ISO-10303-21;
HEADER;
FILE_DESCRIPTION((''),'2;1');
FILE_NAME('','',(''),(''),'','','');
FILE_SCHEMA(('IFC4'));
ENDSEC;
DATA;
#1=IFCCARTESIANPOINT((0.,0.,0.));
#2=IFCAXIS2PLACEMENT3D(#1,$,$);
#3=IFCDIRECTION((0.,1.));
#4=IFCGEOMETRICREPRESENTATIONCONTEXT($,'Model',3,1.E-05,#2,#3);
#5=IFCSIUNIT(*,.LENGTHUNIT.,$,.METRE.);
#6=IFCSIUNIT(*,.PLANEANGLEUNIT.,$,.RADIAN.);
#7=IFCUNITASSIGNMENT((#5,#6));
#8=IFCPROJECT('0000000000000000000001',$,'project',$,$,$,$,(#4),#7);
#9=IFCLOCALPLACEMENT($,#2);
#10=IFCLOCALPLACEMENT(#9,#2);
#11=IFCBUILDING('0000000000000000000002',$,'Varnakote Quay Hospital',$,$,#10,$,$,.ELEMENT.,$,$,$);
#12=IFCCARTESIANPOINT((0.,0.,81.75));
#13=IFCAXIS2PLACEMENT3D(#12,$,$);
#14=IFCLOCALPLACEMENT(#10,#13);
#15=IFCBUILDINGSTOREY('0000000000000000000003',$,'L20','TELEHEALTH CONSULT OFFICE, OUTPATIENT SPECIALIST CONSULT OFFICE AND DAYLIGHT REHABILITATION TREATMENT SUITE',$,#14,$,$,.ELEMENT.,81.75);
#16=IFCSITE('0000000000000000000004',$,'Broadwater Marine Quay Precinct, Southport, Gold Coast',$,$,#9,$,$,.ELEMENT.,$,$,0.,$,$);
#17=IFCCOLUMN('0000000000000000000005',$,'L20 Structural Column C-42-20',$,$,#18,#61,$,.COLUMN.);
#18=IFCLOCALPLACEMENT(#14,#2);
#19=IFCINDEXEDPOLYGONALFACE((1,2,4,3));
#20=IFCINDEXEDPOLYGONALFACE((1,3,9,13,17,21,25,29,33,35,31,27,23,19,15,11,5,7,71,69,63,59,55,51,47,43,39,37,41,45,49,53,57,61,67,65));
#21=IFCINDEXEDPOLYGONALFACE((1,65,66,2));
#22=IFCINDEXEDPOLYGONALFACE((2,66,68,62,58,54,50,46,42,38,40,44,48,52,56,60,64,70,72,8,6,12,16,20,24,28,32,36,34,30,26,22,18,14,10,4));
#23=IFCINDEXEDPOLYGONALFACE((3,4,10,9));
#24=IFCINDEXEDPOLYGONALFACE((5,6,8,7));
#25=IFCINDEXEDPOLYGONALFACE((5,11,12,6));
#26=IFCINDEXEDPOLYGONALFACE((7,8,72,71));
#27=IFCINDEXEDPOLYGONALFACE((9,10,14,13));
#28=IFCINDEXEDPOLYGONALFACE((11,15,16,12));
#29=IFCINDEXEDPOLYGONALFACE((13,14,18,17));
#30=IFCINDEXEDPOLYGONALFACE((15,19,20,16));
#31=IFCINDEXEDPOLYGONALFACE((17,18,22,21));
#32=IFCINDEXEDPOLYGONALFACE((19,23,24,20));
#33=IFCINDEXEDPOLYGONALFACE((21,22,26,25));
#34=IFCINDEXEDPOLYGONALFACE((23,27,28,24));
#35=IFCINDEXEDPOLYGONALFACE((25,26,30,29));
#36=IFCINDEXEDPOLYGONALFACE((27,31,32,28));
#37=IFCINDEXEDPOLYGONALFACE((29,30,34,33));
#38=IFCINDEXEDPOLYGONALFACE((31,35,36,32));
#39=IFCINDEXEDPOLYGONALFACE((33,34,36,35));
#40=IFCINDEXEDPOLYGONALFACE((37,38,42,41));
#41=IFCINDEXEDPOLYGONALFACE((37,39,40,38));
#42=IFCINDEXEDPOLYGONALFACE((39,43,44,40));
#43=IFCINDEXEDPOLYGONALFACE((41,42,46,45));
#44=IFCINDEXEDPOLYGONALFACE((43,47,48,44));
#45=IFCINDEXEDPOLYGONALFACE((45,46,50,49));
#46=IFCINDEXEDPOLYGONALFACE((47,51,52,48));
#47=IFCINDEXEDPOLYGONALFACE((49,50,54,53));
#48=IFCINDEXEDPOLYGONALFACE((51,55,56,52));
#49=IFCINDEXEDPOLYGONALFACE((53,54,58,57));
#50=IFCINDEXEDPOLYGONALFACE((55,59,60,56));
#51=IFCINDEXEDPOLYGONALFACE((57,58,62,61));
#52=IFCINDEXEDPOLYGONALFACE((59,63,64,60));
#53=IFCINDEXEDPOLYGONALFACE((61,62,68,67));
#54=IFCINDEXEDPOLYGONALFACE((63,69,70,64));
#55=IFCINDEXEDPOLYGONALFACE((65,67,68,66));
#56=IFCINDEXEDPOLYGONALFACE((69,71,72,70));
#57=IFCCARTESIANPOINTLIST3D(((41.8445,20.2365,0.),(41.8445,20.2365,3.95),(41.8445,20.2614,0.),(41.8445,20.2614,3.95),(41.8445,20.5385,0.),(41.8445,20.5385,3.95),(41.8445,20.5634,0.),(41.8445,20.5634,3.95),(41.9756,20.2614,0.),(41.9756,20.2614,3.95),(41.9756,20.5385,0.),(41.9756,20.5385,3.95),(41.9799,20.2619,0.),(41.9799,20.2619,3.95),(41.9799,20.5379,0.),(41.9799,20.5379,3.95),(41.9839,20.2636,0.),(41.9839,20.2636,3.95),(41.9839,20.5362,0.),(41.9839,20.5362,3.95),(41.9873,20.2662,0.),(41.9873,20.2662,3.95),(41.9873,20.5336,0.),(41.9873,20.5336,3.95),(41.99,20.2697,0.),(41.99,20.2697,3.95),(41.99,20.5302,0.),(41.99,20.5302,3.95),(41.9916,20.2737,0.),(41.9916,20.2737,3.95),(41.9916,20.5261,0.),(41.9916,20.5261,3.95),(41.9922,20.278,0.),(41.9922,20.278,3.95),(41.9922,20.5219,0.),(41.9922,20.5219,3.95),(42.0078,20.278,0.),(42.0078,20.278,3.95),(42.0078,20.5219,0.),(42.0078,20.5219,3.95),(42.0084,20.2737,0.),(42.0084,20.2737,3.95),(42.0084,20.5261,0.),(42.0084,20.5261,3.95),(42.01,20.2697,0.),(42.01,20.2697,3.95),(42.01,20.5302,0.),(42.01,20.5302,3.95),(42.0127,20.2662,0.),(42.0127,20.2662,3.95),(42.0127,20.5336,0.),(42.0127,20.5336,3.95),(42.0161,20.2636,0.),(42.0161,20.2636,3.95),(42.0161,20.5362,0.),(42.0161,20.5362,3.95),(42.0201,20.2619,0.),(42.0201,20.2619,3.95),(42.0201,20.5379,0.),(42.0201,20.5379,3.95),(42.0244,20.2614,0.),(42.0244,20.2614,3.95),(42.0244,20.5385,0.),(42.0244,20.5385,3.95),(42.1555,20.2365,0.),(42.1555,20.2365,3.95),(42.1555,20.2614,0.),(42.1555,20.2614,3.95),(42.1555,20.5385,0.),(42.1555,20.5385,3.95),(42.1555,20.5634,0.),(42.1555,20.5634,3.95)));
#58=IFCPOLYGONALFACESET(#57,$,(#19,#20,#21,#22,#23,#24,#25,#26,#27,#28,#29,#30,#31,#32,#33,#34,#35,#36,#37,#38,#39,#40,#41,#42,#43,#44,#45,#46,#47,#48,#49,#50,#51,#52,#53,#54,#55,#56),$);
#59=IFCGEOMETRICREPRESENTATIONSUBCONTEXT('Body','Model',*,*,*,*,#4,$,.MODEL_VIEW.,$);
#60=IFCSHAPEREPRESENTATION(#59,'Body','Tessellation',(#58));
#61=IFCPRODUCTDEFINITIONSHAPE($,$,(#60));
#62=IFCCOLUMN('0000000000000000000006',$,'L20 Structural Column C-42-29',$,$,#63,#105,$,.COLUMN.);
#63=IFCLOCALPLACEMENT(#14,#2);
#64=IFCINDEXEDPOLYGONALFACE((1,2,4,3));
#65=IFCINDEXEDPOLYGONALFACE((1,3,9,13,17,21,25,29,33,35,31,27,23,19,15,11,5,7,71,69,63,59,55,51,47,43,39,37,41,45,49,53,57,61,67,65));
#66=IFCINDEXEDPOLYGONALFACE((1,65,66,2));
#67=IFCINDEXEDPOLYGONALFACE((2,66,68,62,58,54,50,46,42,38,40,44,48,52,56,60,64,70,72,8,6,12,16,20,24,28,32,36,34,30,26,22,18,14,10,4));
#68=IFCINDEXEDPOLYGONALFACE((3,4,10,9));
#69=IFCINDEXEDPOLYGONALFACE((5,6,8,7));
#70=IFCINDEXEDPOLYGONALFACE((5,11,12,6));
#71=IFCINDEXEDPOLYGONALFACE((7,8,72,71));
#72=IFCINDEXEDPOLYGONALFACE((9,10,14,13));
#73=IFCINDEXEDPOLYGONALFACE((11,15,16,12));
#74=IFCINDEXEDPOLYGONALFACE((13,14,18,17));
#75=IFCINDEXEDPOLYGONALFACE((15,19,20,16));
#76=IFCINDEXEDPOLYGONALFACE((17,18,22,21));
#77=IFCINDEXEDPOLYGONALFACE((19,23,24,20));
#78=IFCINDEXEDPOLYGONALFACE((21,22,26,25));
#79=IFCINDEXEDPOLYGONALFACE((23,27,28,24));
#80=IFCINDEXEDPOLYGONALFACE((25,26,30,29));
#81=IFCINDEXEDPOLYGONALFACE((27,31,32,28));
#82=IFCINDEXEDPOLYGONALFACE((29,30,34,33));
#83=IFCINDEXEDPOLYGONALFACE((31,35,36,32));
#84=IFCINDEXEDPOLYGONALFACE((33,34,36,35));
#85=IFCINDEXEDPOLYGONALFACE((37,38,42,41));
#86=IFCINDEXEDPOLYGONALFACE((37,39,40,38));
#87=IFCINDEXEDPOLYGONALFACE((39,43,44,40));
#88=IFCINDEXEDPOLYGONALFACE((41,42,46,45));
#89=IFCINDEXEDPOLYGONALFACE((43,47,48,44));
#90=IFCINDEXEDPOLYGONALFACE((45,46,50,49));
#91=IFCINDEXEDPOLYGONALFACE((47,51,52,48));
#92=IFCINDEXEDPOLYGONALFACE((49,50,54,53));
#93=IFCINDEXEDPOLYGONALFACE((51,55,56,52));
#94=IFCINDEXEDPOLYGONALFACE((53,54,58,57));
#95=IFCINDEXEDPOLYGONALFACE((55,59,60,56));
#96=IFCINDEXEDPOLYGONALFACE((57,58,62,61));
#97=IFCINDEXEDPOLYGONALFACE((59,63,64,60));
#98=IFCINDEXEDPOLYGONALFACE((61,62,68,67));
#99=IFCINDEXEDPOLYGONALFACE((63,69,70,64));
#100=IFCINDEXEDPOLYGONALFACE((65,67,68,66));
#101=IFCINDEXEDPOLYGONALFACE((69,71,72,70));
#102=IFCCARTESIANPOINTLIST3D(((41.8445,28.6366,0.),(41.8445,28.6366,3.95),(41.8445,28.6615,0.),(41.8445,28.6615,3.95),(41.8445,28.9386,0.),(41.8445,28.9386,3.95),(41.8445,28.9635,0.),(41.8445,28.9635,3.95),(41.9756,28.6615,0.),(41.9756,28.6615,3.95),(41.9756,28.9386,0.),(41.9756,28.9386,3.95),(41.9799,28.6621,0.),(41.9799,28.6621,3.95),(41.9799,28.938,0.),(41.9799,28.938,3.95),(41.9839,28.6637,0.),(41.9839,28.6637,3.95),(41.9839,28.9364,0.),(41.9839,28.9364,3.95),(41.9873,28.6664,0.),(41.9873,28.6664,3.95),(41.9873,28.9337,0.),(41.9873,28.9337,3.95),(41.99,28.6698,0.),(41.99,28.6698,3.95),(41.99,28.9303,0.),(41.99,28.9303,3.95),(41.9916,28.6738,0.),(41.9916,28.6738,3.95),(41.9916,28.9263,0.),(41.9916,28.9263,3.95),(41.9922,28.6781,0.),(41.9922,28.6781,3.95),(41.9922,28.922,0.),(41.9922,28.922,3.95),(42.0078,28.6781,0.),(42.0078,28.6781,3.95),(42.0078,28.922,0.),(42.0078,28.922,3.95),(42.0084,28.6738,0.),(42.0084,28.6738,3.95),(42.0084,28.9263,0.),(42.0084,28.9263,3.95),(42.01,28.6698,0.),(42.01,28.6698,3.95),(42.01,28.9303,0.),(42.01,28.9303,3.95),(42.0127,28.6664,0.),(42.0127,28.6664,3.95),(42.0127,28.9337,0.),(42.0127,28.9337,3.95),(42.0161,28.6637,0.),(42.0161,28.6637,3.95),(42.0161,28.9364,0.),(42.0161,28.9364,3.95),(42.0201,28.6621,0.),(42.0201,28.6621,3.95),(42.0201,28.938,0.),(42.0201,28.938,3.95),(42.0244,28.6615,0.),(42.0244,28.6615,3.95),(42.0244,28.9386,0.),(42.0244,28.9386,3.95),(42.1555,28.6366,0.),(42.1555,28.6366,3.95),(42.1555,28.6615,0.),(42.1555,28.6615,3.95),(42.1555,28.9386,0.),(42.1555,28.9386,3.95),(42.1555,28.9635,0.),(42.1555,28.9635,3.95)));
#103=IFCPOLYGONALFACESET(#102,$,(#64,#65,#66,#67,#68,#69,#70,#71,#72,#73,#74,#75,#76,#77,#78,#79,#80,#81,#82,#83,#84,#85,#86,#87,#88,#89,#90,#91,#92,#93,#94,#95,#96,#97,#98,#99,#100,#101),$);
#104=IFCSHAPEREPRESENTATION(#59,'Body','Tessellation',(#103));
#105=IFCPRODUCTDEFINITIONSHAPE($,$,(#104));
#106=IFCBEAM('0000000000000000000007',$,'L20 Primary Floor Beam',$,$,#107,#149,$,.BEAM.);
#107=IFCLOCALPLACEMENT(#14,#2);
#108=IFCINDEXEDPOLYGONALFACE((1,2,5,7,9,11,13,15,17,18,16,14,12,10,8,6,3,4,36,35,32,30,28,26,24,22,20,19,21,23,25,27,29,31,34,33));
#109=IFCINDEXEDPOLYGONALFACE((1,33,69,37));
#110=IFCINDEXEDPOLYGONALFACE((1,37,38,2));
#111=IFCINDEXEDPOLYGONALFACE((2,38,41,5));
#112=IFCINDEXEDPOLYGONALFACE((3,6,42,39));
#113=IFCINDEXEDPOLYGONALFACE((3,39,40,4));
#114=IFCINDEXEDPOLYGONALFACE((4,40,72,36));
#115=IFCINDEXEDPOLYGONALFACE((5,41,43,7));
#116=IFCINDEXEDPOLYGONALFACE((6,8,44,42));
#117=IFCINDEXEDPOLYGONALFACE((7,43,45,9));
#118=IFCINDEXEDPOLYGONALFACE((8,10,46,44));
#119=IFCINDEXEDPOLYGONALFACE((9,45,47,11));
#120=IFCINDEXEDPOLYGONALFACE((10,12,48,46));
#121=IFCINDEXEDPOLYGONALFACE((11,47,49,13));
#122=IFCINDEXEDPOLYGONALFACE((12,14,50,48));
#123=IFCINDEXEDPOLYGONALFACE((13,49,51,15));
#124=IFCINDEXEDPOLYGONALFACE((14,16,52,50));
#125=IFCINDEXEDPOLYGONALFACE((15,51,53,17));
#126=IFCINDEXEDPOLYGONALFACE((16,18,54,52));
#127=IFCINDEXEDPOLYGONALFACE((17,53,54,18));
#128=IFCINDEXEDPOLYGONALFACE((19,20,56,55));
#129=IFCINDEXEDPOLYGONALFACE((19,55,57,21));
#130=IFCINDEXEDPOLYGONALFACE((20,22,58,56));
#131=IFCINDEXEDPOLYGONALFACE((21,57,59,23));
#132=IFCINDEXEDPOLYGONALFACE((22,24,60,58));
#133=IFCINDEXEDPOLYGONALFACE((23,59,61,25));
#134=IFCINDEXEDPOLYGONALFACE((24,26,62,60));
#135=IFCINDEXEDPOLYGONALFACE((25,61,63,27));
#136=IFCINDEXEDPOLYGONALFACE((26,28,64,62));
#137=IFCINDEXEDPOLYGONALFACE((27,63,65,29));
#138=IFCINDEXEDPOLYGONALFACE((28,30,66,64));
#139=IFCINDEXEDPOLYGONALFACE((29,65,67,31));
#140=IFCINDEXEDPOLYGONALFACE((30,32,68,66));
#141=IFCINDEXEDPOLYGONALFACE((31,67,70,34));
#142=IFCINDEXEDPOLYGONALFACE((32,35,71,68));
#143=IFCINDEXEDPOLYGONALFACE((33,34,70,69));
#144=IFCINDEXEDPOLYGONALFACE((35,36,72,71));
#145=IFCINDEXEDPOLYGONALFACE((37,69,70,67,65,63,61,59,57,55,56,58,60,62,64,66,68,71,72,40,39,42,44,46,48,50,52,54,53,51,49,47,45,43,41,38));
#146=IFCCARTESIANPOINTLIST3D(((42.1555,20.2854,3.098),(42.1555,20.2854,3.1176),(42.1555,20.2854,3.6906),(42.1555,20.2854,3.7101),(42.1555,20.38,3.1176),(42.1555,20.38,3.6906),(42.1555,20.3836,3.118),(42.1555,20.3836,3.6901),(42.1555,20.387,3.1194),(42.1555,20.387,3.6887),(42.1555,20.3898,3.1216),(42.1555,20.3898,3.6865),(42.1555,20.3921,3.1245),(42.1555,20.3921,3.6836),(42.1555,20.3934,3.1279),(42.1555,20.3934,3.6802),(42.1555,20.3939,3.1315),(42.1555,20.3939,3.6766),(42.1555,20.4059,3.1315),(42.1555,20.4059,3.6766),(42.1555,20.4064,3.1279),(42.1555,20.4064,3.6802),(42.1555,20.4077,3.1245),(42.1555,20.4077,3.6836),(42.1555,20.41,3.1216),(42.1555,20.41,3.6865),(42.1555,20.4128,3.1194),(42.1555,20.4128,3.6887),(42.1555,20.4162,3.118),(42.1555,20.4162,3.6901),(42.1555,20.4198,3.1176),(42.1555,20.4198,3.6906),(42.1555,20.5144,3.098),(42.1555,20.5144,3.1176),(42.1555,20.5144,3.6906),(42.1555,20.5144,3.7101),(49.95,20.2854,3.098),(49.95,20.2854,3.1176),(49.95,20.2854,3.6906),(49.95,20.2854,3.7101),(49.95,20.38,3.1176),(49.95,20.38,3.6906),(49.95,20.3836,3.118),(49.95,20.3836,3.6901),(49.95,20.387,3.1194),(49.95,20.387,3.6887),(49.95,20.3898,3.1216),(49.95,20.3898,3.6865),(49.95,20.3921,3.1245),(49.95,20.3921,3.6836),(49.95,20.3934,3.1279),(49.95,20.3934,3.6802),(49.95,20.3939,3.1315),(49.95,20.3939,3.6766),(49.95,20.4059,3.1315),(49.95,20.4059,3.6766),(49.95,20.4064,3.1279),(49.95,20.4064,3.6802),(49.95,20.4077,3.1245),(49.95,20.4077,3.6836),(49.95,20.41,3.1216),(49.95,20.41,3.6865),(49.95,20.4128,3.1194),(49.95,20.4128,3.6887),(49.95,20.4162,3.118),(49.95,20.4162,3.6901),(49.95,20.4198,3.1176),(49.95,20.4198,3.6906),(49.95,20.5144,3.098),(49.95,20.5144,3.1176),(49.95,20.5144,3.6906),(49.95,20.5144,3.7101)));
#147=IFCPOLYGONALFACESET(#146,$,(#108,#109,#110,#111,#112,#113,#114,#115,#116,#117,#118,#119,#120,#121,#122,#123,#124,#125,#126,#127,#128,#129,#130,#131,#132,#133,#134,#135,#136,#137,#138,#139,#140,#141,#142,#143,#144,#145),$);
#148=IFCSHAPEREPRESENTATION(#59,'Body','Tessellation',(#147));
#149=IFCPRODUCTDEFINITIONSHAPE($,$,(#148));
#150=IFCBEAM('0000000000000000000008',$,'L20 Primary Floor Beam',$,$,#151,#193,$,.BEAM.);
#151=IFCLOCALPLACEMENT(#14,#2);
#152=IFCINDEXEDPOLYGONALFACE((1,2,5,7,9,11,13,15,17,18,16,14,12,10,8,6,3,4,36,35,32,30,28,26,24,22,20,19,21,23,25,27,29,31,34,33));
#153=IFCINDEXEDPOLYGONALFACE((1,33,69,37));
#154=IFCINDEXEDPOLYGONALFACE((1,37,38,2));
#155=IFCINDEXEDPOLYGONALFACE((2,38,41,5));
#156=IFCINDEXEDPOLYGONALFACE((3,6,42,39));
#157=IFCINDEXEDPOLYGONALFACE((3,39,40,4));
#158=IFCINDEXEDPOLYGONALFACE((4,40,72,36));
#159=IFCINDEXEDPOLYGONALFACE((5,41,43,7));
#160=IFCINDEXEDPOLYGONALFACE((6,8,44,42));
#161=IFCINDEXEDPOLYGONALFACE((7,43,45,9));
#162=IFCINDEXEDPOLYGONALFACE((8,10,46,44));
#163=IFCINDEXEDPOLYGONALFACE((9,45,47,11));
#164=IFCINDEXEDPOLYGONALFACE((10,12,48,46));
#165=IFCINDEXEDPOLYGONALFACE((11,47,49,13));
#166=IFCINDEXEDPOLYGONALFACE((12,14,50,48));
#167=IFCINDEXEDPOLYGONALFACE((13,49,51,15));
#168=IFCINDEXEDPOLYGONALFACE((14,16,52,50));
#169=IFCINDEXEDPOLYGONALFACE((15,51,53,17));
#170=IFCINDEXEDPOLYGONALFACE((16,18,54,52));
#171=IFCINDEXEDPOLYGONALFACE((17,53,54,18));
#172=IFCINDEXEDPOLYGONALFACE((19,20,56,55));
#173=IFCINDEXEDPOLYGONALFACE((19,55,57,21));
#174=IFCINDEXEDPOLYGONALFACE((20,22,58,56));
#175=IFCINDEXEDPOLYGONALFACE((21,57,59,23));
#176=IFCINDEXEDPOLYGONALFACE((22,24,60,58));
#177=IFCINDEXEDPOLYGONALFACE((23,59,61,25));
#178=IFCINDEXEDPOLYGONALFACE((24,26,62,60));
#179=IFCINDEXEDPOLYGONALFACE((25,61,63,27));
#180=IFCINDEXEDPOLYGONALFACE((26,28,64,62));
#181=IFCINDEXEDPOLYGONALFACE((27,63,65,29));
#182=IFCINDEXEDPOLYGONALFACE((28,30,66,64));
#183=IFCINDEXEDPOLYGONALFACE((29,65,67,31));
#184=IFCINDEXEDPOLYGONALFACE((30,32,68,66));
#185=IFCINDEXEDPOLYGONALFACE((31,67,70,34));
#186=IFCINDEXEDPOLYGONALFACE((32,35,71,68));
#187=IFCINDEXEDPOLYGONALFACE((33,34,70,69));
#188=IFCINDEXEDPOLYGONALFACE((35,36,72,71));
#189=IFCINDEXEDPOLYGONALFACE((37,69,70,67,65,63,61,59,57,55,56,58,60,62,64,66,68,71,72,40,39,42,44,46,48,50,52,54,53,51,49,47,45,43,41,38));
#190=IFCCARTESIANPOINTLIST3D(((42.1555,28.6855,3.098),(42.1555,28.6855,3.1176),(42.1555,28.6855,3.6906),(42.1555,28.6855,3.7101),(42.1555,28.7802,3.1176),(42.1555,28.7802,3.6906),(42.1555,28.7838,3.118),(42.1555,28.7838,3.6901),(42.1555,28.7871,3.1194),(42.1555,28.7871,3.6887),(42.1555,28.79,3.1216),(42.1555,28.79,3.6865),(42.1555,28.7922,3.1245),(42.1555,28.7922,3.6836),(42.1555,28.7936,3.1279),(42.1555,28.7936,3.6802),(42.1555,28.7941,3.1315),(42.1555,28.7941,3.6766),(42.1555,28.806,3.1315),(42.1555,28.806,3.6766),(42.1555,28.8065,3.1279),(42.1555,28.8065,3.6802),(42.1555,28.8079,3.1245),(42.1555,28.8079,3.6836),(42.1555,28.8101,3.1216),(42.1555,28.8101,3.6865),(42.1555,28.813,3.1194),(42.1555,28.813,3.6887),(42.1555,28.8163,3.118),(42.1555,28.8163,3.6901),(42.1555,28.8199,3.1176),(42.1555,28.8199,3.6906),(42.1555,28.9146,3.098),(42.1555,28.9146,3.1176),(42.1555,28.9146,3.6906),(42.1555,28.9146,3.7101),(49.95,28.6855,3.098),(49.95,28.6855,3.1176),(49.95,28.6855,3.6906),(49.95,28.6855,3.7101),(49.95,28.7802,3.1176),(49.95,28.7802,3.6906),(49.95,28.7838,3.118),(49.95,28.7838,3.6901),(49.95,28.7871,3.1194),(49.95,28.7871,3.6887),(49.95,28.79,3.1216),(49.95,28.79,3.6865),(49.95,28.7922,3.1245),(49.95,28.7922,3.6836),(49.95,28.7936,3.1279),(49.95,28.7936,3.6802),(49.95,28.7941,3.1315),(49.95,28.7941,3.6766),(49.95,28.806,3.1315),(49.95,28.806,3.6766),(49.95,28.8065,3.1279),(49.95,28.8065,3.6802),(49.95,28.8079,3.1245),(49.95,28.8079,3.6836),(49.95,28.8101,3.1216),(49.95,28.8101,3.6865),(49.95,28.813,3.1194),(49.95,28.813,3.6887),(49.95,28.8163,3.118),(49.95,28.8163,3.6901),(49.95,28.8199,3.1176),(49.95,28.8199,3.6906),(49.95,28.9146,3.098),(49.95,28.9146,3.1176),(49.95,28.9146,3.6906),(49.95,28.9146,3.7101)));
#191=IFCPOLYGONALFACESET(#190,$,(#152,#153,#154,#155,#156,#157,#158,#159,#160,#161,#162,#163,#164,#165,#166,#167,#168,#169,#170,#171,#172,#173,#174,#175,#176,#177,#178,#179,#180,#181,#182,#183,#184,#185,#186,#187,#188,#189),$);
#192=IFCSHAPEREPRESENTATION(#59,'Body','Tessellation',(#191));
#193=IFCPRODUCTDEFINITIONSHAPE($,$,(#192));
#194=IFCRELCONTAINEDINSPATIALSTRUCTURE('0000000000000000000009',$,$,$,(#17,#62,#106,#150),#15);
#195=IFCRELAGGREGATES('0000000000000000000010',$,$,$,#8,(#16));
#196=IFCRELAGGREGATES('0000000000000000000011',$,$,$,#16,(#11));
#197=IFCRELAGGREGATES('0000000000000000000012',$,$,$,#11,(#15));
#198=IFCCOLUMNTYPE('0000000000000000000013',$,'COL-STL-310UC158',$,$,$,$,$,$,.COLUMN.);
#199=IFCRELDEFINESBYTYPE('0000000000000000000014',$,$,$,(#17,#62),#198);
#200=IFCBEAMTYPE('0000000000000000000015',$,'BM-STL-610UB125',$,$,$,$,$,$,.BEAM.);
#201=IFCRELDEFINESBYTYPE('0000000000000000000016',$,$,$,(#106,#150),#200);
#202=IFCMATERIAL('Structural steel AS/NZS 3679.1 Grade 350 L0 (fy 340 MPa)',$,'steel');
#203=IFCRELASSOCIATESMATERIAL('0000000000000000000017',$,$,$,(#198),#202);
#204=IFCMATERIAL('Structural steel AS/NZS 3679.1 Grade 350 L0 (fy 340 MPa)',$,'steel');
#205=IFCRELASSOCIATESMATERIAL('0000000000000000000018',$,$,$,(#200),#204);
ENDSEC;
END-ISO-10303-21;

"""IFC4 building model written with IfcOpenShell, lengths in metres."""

from ifc_helpers import new_model, si_unit, direction, frame, origin, origin_2d, place, context, subcontext, project, spatial, i_section, extrude, material, material_profile, profile_set, type_object, element, save


model = new_model("IFC4")

# Units and contexts
model_context = context("Model", 3, precision=1e-05, world=origin(), true_north=direction((0.0, 1.0)))
body_context = subcontext(model_context, "Body", "Model", "MODEL_VIEW")
ifc_project = project(units=[si_unit("LENGTHUNIT", "METRE"), si_unit("PLANEANGLEUNIT", "RADIAN")], contexts=[model_context])

# Site, building, storey
site_placement = place(None, origin())
site = spatial("IfcSite", under=ifc_project, at=site_placement, Name="Broadwater Marine Quay Precinct, Southport, Gold Coast", CompositionType="ELEMENT", RefElevation=0.0)
building_placement = place(site_placement, origin())
building = spatial("IfcBuilding", under=site, at=building_placement, Name="Varnakote Quay Hospital", CompositionType="ELEMENT")
storey_placement = place(building_placement, frame((0.0, 0.0, 81.75)))
storey = spatial("IfcBuildingStorey", under=building, at=storey_placement, Name="L20", Description="TELEHEALTH CONSULT OFFICE, OUTPATIENT SPECIALIST CONSULT OFFICE AND DAYLIGHT REHABILITATION TREATMENT SUITE", CompositionType="ELEMENT", Elevation=81.75)

# Columns
ifc_material_1 = material(Name="Structural steel AS/NZS 3679.1 Grade 350 L0 (fy 340 MPa)", Category="steel")
ifc_material_profile_1 = material_profile(ifc_material_1, i_section(OverallWidth=0.311, OverallDepth=0.3269, WebThickness=0.0156, FlangeThickness=0.0249, FilletRadius=0.0166, at=origin_2d()), Name="310UC158")
ifc_profile_set_1 = profile_set([ifc_material_profile_1], Name="Structural steel AS/NZS 3679.1 Grade 350 L0 (fy 340 MPa)")
column_type = type_object("IfcColumnType", Name="COL-STL-310UC158", PredefinedType="COLUMN", material=ifc_profile_set_1)
for number, where, z_axis, x_axis, name in (
    (1, (42.0, 20.3999, 0.0), (0.0, 0.0, 1.0), (1.0, 0.0, 0.0), "L20 Structural Column C-42-20"),
    (2, (42.0, 28.8, 0.0), (0.0, 0.0, 1.0), (1.0, 0.0, 0.0), "L20 Structural Column C-42-29"),
):
    element("IfcColumn", number, at=place(storey_placement, frame(where, z_axis=z_axis, x_axis=x_axis)), inside=storey, type_object=column_type, Name=name, PredefinedType="COLUMN", context=body_context, shape_type="SweptSolid", body=[
        extrude(i_section(OverallWidth=0.311, OverallDepth=0.3269, WebThickness=0.0156, FlangeThickness=0.0249, FilletRadius=0.0166, at=origin_2d()), origin(), (0.0, 0.0, 1.0), 3.95),
    ])

# Beams
ifc_material_2 = material(Name="Structural steel AS/NZS 3679.1 Grade 350 L0 (fy 340 MPa)", Category="steel")
ifc_material_profile_2 = material_profile(ifc_material_2, i_section(OverallWidth=0.229, OverallDepth=0.6121, WebThickness=0.012, FlangeThickness=0.0195, FilletRadius=0.0139, at=origin_2d()), Name="610UB125")
ifc_profile_set_2 = profile_set([ifc_material_profile_2], Name="Structural steel AS/NZS 3679.1 Grade 350 L0 (fy 340 MPa)")
beam_type_1 = type_object("IfcBeamType", Name="BM-STL-610UB125", PredefinedType="BEAM", material=ifc_profile_set_2)
for number, where, z_axis, x_axis, name in (
    (3, (42.1555, 20.3999, 3.4041), (1.0, 0.0, 0.0), (0.0, 1.0, 0.0), "L20 Primary Floor Beam"),
    (4, (42.1555, 28.8, 3.4041), (1.0, 0.0, 0.0), (0.0, 1.0, 0.0), "L20 Primary Floor Beam"),
):
    element("IfcBeam", number, at=place(storey_placement, frame(where, z_axis=z_axis, x_axis=x_axis)), inside=storey, type_object=beam_type_1, Name=name, PredefinedType="BEAM", context=body_context, shape_type="SweptSolid", body=[
        extrude(i_section(OverallWidth=0.229, OverallDepth=0.6121, WebThickness=0.012, FlangeThickness=0.0195, FilletRadius=0.0139, at=origin_2d()), origin(), (0.0, 0.0, 1.0), 7.7944),
    ])

save(model, "model.ifc")
